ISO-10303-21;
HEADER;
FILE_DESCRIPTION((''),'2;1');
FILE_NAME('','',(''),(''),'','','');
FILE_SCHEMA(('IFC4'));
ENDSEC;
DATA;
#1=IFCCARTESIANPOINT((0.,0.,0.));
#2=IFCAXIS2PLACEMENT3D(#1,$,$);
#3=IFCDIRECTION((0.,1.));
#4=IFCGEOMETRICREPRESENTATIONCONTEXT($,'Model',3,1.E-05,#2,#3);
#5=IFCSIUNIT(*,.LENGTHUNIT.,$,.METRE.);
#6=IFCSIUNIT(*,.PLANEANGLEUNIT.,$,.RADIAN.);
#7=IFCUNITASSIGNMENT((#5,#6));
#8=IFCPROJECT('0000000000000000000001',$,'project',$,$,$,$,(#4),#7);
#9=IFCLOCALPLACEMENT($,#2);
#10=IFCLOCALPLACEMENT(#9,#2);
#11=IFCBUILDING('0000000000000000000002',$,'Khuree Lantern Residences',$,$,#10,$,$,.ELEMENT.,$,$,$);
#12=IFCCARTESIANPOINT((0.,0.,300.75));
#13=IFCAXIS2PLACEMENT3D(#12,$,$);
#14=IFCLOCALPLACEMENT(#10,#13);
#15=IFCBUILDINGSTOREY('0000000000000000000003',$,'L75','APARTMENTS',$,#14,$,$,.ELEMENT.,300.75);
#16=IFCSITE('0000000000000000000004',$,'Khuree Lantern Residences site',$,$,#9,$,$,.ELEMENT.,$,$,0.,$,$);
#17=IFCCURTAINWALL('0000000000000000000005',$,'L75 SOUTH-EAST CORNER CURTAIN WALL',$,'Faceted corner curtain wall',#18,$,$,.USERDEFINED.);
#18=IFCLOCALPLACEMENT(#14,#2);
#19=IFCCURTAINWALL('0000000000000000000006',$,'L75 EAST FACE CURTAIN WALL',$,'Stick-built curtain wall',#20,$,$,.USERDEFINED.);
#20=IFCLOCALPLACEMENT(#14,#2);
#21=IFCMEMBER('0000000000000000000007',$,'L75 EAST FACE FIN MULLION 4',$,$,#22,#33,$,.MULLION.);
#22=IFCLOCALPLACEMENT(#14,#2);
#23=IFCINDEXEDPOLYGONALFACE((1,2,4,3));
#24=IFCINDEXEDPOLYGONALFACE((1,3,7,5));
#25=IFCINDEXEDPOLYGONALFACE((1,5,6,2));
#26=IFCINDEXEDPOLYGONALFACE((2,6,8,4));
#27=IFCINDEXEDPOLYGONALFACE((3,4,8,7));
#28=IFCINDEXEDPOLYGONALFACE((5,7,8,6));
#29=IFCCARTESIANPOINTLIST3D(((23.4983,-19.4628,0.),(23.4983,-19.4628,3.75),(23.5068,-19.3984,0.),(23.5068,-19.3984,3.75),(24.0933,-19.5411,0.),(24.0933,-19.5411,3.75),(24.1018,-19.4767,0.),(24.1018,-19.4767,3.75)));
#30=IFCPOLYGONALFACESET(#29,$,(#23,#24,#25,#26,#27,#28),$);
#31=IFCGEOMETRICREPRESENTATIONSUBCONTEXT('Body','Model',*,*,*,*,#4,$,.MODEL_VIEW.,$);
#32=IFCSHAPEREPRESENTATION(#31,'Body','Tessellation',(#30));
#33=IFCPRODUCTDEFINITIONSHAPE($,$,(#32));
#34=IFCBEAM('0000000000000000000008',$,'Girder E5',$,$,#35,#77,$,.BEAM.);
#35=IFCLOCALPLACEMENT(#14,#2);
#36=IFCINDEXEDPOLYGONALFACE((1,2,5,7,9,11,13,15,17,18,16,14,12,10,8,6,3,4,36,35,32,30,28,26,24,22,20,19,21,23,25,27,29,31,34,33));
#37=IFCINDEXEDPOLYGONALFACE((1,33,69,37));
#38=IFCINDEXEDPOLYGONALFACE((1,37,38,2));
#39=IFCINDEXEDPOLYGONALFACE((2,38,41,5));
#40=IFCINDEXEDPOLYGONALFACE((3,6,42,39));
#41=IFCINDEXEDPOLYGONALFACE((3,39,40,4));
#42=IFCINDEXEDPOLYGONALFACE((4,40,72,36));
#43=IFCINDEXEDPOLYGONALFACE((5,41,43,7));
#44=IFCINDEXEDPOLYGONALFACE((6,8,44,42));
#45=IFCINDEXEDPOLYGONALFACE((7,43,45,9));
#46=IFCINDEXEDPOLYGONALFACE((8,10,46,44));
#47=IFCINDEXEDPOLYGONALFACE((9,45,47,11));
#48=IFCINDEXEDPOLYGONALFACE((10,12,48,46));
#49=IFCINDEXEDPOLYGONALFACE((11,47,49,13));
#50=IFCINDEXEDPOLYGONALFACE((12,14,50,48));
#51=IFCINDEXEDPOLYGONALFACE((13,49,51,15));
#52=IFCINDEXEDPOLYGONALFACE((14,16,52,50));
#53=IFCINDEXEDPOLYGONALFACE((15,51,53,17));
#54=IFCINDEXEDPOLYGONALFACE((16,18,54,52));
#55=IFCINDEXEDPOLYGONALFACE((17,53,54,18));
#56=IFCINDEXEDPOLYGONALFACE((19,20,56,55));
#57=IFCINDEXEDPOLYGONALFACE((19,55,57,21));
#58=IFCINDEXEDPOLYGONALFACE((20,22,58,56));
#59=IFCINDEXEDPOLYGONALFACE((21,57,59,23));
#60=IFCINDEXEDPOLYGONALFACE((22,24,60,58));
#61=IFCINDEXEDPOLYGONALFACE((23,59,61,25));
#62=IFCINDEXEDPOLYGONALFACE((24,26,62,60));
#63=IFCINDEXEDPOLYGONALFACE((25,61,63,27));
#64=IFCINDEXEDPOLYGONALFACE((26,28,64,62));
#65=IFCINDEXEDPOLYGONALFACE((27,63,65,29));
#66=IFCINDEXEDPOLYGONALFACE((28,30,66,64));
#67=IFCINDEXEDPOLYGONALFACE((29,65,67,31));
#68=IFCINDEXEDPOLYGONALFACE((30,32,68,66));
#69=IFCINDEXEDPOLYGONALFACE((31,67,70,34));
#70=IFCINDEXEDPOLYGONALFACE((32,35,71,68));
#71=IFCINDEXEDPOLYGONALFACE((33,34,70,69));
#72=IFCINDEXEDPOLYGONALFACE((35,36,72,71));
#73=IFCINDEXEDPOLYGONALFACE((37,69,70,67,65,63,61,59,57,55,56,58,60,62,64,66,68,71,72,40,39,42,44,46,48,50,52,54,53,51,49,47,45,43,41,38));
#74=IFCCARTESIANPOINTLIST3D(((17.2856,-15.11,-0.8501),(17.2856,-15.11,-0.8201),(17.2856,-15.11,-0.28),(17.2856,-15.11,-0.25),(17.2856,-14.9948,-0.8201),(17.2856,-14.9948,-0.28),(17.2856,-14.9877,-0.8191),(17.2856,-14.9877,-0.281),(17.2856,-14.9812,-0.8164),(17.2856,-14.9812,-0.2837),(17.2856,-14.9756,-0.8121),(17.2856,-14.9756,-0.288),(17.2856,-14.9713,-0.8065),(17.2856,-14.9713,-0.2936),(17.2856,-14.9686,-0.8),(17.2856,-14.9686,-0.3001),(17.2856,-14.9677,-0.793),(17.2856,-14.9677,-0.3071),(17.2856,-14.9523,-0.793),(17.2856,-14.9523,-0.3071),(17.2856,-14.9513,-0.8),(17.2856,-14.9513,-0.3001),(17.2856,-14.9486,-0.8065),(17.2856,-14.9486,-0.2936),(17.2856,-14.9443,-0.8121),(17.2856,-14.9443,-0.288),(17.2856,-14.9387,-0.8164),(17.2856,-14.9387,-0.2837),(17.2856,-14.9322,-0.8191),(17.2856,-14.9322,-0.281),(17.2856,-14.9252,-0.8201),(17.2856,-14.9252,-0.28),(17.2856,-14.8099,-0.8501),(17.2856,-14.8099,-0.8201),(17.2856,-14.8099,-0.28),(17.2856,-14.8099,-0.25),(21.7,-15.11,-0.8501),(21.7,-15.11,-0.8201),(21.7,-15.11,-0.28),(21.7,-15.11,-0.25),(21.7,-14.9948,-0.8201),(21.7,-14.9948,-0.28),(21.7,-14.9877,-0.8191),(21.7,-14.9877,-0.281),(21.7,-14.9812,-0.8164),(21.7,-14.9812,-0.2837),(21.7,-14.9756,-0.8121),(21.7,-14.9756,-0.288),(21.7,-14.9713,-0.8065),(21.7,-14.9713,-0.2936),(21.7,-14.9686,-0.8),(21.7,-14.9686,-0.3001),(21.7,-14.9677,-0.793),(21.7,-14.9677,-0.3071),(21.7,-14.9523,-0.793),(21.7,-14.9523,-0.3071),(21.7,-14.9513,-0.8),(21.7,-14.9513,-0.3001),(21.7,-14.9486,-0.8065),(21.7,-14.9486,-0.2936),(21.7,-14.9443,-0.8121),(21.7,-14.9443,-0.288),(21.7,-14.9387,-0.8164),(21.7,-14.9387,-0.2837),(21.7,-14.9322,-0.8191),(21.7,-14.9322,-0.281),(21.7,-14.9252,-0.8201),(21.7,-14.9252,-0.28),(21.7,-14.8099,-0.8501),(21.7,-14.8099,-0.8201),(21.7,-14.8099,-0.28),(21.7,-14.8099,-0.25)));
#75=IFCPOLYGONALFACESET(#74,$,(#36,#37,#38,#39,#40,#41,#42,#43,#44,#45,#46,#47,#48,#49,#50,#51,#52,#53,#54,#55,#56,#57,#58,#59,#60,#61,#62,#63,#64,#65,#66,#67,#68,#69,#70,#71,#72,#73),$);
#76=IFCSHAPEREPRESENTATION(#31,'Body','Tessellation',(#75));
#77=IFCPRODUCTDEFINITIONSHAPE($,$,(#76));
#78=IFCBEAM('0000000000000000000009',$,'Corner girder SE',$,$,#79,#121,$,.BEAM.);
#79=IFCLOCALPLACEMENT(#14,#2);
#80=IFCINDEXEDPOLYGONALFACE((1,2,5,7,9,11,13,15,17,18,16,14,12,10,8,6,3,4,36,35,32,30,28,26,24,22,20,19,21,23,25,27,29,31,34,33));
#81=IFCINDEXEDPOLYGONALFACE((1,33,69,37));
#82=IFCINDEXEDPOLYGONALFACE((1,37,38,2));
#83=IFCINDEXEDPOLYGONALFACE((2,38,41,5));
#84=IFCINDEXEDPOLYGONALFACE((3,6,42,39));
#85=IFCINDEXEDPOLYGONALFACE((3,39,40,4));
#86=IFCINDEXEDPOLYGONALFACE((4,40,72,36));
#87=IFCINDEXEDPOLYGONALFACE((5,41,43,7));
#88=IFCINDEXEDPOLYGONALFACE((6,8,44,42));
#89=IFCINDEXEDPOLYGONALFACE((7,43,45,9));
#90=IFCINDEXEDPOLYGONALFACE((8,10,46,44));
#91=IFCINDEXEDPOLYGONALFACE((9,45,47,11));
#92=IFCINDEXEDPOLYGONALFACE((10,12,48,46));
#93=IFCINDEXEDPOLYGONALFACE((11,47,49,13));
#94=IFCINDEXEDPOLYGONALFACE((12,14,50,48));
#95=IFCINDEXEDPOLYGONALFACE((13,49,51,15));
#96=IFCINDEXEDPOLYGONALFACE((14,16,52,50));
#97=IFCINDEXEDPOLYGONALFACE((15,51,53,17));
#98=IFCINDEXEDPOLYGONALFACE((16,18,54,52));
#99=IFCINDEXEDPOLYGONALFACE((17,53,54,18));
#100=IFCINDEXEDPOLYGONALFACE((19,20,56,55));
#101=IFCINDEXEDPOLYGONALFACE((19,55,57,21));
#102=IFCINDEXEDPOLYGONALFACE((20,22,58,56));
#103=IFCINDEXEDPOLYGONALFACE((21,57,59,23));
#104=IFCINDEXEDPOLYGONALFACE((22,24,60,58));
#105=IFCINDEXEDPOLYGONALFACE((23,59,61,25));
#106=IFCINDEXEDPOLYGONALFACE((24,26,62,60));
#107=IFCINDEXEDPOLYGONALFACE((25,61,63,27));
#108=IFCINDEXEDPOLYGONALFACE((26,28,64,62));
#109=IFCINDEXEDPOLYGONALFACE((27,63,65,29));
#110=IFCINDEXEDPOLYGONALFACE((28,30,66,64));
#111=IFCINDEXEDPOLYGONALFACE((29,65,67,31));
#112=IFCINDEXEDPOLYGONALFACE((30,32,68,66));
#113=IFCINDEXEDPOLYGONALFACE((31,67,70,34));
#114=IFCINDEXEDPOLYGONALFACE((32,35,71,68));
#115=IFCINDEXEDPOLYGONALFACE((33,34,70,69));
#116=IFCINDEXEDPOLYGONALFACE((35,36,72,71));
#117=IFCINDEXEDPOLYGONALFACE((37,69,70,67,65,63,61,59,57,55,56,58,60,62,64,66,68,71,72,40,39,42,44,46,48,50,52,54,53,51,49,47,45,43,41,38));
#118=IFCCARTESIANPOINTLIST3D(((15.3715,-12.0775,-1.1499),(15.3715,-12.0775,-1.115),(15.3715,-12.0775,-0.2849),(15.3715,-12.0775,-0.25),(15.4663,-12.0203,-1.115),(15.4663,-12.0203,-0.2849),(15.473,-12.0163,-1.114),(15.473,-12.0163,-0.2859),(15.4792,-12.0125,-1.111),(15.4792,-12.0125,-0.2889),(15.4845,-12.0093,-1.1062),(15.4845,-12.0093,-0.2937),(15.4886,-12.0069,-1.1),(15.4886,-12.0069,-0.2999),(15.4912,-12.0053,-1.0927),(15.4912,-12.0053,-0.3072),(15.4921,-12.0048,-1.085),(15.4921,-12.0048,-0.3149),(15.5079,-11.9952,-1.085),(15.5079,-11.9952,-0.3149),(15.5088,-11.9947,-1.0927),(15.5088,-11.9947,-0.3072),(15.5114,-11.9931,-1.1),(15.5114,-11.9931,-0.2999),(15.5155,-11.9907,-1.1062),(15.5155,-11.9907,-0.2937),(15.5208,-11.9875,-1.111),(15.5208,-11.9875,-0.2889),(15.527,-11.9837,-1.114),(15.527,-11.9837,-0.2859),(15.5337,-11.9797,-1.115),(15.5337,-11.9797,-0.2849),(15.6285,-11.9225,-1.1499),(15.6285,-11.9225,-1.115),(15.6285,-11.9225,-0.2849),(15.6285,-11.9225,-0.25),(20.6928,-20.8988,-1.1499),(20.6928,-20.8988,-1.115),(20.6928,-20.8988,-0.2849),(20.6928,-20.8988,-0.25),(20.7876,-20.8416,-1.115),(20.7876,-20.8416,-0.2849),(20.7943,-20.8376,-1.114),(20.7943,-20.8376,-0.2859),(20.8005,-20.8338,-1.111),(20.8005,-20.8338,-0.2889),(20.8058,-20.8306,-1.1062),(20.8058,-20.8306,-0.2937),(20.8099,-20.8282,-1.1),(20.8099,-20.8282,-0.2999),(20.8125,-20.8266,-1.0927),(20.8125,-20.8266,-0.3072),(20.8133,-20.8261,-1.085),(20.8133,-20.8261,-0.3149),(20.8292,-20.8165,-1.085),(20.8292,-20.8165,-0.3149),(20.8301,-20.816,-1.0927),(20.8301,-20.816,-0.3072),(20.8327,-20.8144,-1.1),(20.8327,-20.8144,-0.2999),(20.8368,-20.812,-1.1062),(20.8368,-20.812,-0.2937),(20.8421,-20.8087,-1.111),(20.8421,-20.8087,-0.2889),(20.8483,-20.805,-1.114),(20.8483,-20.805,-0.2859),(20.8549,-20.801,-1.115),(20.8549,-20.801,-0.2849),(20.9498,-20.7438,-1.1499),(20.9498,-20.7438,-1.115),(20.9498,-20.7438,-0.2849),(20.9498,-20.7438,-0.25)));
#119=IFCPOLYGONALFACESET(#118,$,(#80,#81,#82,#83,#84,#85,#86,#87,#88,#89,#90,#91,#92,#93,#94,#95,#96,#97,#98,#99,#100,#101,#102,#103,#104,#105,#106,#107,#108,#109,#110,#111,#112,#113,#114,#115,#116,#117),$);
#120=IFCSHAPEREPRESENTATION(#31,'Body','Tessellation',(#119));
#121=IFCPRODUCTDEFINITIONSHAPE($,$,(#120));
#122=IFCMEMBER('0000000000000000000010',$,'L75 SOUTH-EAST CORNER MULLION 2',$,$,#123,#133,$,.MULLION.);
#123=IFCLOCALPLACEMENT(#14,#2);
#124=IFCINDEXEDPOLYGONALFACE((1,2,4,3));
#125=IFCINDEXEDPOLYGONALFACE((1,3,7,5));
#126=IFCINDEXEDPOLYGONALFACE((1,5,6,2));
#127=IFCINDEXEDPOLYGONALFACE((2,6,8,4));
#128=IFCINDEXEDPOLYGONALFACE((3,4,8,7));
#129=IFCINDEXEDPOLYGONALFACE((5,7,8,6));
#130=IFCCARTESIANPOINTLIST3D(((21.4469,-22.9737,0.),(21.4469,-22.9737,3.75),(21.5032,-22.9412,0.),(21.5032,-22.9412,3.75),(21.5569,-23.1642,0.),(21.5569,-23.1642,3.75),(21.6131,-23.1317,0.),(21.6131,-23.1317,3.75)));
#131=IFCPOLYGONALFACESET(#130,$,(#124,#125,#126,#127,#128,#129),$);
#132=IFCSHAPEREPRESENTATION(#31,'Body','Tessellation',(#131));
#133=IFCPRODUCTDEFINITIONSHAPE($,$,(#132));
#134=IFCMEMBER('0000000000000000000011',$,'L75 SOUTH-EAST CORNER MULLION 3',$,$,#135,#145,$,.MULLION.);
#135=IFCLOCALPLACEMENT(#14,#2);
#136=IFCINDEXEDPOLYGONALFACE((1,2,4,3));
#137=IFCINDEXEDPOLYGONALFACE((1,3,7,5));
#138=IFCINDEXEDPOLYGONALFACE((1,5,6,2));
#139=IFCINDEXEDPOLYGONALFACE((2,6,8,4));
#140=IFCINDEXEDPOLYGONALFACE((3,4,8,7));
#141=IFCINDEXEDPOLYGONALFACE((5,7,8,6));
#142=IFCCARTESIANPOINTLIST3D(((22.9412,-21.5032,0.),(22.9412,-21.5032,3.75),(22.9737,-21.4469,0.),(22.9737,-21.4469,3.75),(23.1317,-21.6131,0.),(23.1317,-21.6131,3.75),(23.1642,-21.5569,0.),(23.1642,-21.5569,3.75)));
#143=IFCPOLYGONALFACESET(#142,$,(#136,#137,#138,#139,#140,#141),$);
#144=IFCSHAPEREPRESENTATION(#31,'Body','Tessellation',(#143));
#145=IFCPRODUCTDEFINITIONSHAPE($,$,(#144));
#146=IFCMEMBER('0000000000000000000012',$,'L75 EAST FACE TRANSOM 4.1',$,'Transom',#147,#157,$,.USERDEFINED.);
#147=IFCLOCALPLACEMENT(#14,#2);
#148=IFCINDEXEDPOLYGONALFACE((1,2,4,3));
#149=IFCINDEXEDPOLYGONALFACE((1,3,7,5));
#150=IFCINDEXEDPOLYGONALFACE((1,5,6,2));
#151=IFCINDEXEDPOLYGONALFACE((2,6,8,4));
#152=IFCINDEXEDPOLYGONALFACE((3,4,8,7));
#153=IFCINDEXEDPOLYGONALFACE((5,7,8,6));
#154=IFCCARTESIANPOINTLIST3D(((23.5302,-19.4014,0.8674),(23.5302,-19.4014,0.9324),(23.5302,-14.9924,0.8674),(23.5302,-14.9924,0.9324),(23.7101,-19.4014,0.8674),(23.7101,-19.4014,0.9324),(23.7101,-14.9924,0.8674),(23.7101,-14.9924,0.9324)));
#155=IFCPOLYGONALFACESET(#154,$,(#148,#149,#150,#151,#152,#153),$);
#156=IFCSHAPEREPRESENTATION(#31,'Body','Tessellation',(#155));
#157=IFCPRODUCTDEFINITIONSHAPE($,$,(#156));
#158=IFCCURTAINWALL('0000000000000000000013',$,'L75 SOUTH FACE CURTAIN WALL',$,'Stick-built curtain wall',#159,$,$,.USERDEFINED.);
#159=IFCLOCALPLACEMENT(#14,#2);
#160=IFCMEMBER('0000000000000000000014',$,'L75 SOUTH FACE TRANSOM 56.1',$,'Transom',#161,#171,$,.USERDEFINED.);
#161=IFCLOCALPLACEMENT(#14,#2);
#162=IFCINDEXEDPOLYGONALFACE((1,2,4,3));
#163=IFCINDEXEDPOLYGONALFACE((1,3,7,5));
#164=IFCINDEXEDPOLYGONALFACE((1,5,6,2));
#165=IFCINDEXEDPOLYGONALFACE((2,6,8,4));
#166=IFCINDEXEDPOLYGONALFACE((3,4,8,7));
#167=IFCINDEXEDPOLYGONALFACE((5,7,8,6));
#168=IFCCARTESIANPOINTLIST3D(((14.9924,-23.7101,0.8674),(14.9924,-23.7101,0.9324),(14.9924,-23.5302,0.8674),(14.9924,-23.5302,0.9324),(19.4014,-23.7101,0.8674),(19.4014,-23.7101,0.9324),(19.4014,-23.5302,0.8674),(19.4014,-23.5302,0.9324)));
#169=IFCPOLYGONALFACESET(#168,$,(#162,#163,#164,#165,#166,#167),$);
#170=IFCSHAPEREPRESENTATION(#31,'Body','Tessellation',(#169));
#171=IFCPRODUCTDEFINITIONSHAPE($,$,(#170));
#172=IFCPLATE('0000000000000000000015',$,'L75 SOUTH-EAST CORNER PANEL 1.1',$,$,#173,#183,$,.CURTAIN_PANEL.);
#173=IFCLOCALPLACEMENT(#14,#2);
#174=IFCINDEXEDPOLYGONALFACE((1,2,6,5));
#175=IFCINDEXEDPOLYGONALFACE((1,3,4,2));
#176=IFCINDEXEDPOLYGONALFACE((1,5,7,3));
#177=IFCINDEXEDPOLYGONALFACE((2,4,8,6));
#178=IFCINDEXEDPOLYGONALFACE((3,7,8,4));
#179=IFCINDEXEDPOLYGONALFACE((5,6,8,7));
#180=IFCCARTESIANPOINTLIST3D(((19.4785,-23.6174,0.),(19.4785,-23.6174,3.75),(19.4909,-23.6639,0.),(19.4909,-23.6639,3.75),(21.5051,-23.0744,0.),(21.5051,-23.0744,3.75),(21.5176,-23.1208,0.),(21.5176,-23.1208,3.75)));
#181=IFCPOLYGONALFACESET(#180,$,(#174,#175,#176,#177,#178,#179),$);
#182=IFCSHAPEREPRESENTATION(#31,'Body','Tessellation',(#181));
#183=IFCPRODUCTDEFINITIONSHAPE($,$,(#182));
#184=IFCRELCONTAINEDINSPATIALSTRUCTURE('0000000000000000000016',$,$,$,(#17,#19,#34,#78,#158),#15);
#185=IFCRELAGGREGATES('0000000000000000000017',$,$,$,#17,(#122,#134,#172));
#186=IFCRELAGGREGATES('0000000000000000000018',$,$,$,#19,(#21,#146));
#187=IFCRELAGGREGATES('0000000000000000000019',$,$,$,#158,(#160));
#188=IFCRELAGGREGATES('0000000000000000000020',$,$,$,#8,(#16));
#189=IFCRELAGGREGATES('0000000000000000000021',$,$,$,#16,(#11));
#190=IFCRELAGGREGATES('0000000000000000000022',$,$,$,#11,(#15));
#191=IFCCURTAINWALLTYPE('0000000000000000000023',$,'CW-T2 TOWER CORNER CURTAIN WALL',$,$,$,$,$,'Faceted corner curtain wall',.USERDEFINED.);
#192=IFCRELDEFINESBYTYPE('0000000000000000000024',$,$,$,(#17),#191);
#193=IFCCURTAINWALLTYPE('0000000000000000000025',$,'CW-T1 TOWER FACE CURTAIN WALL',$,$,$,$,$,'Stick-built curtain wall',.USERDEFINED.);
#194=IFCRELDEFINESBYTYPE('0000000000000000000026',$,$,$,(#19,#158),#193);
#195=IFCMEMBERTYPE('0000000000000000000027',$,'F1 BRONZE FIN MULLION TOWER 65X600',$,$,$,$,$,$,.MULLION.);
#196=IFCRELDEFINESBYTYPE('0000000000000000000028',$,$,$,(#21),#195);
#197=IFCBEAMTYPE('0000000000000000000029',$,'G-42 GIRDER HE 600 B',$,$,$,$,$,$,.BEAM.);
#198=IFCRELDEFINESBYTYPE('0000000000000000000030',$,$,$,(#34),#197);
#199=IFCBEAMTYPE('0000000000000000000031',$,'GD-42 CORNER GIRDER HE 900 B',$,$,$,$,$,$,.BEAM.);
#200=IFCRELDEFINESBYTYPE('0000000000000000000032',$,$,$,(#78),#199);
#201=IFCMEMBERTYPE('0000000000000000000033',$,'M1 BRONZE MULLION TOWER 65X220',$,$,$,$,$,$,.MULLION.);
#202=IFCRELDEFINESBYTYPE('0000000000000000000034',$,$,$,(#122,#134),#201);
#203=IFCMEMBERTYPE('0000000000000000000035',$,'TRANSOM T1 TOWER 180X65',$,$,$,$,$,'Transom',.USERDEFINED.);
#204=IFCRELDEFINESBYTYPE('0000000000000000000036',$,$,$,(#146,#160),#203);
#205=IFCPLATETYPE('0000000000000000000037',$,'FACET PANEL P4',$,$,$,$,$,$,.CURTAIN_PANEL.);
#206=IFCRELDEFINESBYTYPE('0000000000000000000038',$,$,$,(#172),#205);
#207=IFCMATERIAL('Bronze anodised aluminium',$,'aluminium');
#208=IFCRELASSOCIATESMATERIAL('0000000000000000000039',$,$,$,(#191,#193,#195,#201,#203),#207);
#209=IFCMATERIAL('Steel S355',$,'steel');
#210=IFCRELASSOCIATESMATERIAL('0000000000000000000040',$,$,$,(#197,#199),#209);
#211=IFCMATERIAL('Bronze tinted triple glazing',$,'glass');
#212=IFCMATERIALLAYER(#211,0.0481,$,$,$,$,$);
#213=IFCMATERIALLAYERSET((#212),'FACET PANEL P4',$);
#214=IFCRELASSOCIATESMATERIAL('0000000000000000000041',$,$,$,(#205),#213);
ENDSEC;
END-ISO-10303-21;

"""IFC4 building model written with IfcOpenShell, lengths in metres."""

from ifc_helpers import new_model, si_unit, direction, frame, origin, origin_2d, place, context, subcontext, project, spatial, rectangle, i_section, extrude, material, layer, layer_set, material_profile, profile_set, type_object, element, aggregate, save


model = new_model("IFC4")

# Units and contexts
model_context = context("Model", 3, precision=1e-05, world=origin(), true_north=direction((0.0, 1.0)))
body_context = subcontext(model_context, "Body", "Model", "MODEL_VIEW")
ifc_project = project(units=[si_unit("LENGTHUNIT", "METRE"), si_unit("PLANEANGLEUNIT", "RADIAN")], contexts=[model_context])

# Site, building, storey
site_placement = place(None, origin())
site = spatial("IfcSite", under=ifc_project, at=site_placement, Name="Khuree Lantern Residences site", CompositionType="ELEMENT", RefElevation=0.0)
building_placement = place(site_placement, origin())
building = spatial("IfcBuilding", under=site, at=building_placement, Name="Khuree Lantern Residences", CompositionType="ELEMENT")
storey_placement = place(building_placement, frame((0.0, 0.0, 300.75)))
storey = spatial("IfcBuildingStorey", under=building, at=storey_placement, Name="L75", Description="APARTMENTS", CompositionType="ELEMENT", Elevation=300.75)

# Shared definitions
ifc_material_1 = material(Name="Steel S355", Category="steel")

# Curtain walls, member
ifc_material_2 = material(Name="Bronze anodised aluminium", Category="aluminium")
curtain_wall_type_1 = type_object("IfcCurtainWallType", Name="CW-T2 TOWER CORNER CURTAIN WALL", ElementType="Faceted corner curtain wall", PredefinedType="USERDEFINED", material=ifc_material_2)
curtain_wall_1_placement = place(storey_placement, origin())
curtain_wall_1 = element("IfcCurtainWall", 1, at=curtain_wall_1_placement, inside=storey, type_object=curtain_wall_type_1, Name="L75 SOUTH-EAST CORNER CURTAIN WALL", ObjectType="Faceted corner curtain wall", PredefinedType="USERDEFINED")
ifc_material_profile_1 = material_profile(ifc_material_2, rectangle(XDim=0.0649, YDim=0.6001, at=origin_2d()), Name="F1 65X600")
ifc_profile_set_1 = profile_set([ifc_material_profile_1], Name="Bronze anodised aluminium")
member_type_1 = type_object("IfcMemberType", Name="F1 BRONZE FIN MULLION TOWER 65X600", PredefinedType="MULLION", material=ifc_profile_set_1)
curtain_wall_type_2 = type_object("IfcCurtainWallType", Name="CW-T1 TOWER FACE CURTAIN WALL", ElementType="Stick-built curtain wall", PredefinedType="USERDEFINED", material=ifc_material_2)
curtain_wall_2_placement = place(storey_placement, origin())
curtain_wall_2 = element("IfcCurtainWall", 2, at=curtain_wall_2_placement, inside=storey, type_object=curtain_wall_type_2, Name="L75 EAST FACE CURTAIN WALL", ObjectType="Stick-built curtain wall", PredefinedType="USERDEFINED")
member_1_placement = place(storey_placement, frame((23.8, -19.4697, 0.0), z_axis=(0.0, 0.0, 1.0), x_axis=(0.130526, 0.991445, 0.0)))
member_1 = element("IfcMember", 3, at=member_1_placement, type_object=member_type_1, Name="L75 EAST FACE FIN MULLION 4", PredefinedType="MULLION", context=body_context, shape_type="SweptSolid", body=[
    extrude(rectangle(XDim=0.0649, YDim=0.6001, at=origin_2d()), origin(), (0.0, 0.0, 1.0), 3.75),
])

# Beams
ifc_material_profile_2 = material_profile(ifc_material_1, i_section(OverallWidth=0.3, OverallDepth=0.6001, WebThickness=0.0154, FlangeThickness=0.03, FilletRadius=0.0271, at=origin_2d()), Name="HE 600 B")
ifc_profile_set_2 = profile_set([ifc_material_profile_2], Name="Steel S355")
beam_type_1 = type_object("IfcBeamType", Name="G-42 GIRDER HE 600 B", PredefinedType="BEAM", material=ifc_profile_set_2)
beam_1_placement = place(storey_placement, frame((21.7, -14.96, -0.55), z_axis=(-1.0, 0.0, 0.0), x_axis=(0.0, -1.0, 0.0)))
element("IfcBeam", 4, at=beam_1_placement, inside=storey, type_object=beam_type_1, Name="Girder E5", PredefinedType="BEAM", context=body_context, shape_type="SweptSolid", body=[
    extrude(i_section(OverallWidth=0.3, OverallDepth=0.6001, WebThickness=0.0154, FlangeThickness=0.03, FilletRadius=0.0271, at=origin_2d()), origin(), (0.0, 0.0, 1.0), 4.4143),
])
ifc_material_profile_3 = material_profile(ifc_material_1, i_section(OverallWidth=0.3, OverallDepth=0.8999, WebThickness=0.0186, FlangeThickness=0.0349, FilletRadius=0.03, at=origin_2d()), Name="HE 900 B")
ifc_profile_set_3 = profile_set([ifc_material_profile_3], Name="Steel S355")
beam_type_2 = type_object("IfcBeamType", Name="GD-42 CORNER GIRDER HE 900 B", PredefinedType="BEAM", material=ifc_profile_set_3)
beam_2_placement = place(storey_placement, frame((20.8213, -20.8213, -0.7), z_axis=(-0.51653, 0.856269, 0.0), x_axis=(-0.856269, -0.51653, 0.0)))
element("IfcBeam", 5, at=beam_2_placement, inside=storey, type_object=beam_type_2, Name="Corner girder SE", PredefinedType="BEAM", context=body_context, shape_type="SweptSolid", body=[
    extrude(i_section(OverallWidth=0.3, OverallDepth=0.8999, WebThickness=0.0186, FlangeThickness=0.0349, FilletRadius=0.03, at=origin_2d()), origin(), (0.0, 0.0, 1.0), 10.302),
])

# Members
ifc_material_profile_4 = material_profile(ifc_material_2, rectangle(XDim=0.0649, YDim=0.22, at=origin_2d()), Name="M1 65X220")
ifc_profile_set_4 = profile_set([ifc_material_profile_4], Name="Bronze anodised aluminium")
member_type_2 = type_object("IfcMemberType", Name="M1 BRONZE MULLION TOWER 65X220", PredefinedType="MULLION", material=ifc_profile_set_4)
member_2_placement = place(storey_placement, frame((21.53, -23.0527, 0.0), z_axis=(0.0, 0.0, 1.0), x_axis=(0.866025, 0.5, 0.0)))
member_2 = element("IfcMember", 6, at=member_2_placement, type_object=member_type_2, Name="L75 SOUTH-EAST CORNER MULLION 2", PredefinedType="MULLION", context=body_context, shape_type="SweptSolid", body=[
    extrude(rectangle(XDim=0.0649, YDim=0.22, at=origin_2d()), origin(), (0.0, 0.0, 1.0), 3.75),
])
member_3_placement = place(storey_placement, frame((23.0527, -21.53, 0.0), z_axis=(0.0, 0.0, 1.0), x_axis=(0.5, 0.866025, 0.0)))
member_3 = element("IfcMember", 7, at=member_3_placement, type_object=member_type_2, Name="L75 SOUTH-EAST CORNER MULLION 3", PredefinedType="MULLION", context=body_context, shape_type="SweptSolid", body=[
    extrude(rectangle(XDim=0.0649, YDim=0.22, at=origin_2d()), origin(), (0.0, 0.0, 1.0), 3.75),
])
ifc_material_profile_5 = material_profile(ifc_material_2, rectangle(XDim=0.1799, YDim=0.0649, at=origin_2d()), Name="T1 180X65")
ifc_profile_set_5 = profile_set([ifc_material_profile_5], Name="Bronze anodised aluminium")
member_type_3 = type_object("IfcMemberType", Name="TRANSOM T1 TOWER 180X65", ElementType="Transom", PredefinedType="USERDEFINED", material=ifc_profile_set_5)
member_4_placement = place(storey_placement, frame((23.6201, -19.4014, 0.8999), z_axis=(0.0, 1.0, 0.0), x_axis=(-1.0, 0.0, 0.0)))
member_4 = element("IfcMember", 8, at=member_4_placement, type_object=member_type_3, Name="L75 EAST FACE TRANSOM 4.1", ObjectType="Transom", PredefinedType="USERDEFINED", context=body_context, shape_type="SweptSolid", body=[
    extrude(rectangle(XDim=0.1799, YDim=0.0649, at=origin_2d()), origin(), (0.0, 0.0, 1.0), 4.4089),
])

# Curtain wall, member
curtain_wall_3_placement = place(storey_placement, origin())
curtain_wall_3 = element("IfcCurtainWall", 9, at=curtain_wall_3_placement, inside=storey, type_object=curtain_wall_type_2, Name="L75 SOUTH FACE CURTAIN WALL", ObjectType="Stick-built curtain wall", PredefinedType="USERDEFINED")
member_5_placement = place(storey_placement, frame((14.9924, -23.6201, 0.8999), z_axis=(1.0, 0.0, 0.0), x_axis=(0.0, 1.0, 0.0)))
member_5 = element("IfcMember", 10, at=member_5_placement, type_object=member_type_3, Name="L75 SOUTH FACE TRANSOM 56.1", ObjectType="Transom", PredefinedType="USERDEFINED", context=body_context, shape_type="SweptSolid", body=[
    extrude(rectangle(XDim=0.1799, YDim=0.0649, at=origin_2d()), origin(), (0.0, 0.0, 1.0), 4.4089),
])

# Plate
ifc_material_3 = material(Name="Bronze tinted triple glazing", Category="glass")
ifc_layer_1 = layer(ifc_material_3, 0.0481)
ifc_layer_set_1 = layer_set([ifc_layer_1], Name="FACET PANEL P4")
plate_type_1 = type_object("IfcPlateType", Name="FACET PANEL P4", PredefinedType="CURTAIN_PANEL", material=ifc_layer_set_1)
plate_1_placement = place(storey_placement, frame((20.498, -23.3691, 0.0), z_axis=(0.0, 0.0, 1.0), x_axis=(0.965926, 0.258819, 0.0)))
plate_1 = element("IfcPlate", 11, at=plate_1_placement, type_object=plate_type_1, Name="L75 SOUTH-EAST CORNER PANEL 1.1", PredefinedType="CURTAIN_PANEL", context=body_context, shape_type="SweptSolid", body=[
    extrude(rectangle(XDim=2.0981, YDim=0.0481, at=origin_2d()), origin(), (0.0, 0.0, 1.0), 3.75),
])
aggregate(curtain_wall_1, [member_2, member_3, plate_1])
aggregate(curtain_wall_2, [member_1, member_4])
aggregate(curtain_wall_3, [member_5])

save(model, "model.ifc")
